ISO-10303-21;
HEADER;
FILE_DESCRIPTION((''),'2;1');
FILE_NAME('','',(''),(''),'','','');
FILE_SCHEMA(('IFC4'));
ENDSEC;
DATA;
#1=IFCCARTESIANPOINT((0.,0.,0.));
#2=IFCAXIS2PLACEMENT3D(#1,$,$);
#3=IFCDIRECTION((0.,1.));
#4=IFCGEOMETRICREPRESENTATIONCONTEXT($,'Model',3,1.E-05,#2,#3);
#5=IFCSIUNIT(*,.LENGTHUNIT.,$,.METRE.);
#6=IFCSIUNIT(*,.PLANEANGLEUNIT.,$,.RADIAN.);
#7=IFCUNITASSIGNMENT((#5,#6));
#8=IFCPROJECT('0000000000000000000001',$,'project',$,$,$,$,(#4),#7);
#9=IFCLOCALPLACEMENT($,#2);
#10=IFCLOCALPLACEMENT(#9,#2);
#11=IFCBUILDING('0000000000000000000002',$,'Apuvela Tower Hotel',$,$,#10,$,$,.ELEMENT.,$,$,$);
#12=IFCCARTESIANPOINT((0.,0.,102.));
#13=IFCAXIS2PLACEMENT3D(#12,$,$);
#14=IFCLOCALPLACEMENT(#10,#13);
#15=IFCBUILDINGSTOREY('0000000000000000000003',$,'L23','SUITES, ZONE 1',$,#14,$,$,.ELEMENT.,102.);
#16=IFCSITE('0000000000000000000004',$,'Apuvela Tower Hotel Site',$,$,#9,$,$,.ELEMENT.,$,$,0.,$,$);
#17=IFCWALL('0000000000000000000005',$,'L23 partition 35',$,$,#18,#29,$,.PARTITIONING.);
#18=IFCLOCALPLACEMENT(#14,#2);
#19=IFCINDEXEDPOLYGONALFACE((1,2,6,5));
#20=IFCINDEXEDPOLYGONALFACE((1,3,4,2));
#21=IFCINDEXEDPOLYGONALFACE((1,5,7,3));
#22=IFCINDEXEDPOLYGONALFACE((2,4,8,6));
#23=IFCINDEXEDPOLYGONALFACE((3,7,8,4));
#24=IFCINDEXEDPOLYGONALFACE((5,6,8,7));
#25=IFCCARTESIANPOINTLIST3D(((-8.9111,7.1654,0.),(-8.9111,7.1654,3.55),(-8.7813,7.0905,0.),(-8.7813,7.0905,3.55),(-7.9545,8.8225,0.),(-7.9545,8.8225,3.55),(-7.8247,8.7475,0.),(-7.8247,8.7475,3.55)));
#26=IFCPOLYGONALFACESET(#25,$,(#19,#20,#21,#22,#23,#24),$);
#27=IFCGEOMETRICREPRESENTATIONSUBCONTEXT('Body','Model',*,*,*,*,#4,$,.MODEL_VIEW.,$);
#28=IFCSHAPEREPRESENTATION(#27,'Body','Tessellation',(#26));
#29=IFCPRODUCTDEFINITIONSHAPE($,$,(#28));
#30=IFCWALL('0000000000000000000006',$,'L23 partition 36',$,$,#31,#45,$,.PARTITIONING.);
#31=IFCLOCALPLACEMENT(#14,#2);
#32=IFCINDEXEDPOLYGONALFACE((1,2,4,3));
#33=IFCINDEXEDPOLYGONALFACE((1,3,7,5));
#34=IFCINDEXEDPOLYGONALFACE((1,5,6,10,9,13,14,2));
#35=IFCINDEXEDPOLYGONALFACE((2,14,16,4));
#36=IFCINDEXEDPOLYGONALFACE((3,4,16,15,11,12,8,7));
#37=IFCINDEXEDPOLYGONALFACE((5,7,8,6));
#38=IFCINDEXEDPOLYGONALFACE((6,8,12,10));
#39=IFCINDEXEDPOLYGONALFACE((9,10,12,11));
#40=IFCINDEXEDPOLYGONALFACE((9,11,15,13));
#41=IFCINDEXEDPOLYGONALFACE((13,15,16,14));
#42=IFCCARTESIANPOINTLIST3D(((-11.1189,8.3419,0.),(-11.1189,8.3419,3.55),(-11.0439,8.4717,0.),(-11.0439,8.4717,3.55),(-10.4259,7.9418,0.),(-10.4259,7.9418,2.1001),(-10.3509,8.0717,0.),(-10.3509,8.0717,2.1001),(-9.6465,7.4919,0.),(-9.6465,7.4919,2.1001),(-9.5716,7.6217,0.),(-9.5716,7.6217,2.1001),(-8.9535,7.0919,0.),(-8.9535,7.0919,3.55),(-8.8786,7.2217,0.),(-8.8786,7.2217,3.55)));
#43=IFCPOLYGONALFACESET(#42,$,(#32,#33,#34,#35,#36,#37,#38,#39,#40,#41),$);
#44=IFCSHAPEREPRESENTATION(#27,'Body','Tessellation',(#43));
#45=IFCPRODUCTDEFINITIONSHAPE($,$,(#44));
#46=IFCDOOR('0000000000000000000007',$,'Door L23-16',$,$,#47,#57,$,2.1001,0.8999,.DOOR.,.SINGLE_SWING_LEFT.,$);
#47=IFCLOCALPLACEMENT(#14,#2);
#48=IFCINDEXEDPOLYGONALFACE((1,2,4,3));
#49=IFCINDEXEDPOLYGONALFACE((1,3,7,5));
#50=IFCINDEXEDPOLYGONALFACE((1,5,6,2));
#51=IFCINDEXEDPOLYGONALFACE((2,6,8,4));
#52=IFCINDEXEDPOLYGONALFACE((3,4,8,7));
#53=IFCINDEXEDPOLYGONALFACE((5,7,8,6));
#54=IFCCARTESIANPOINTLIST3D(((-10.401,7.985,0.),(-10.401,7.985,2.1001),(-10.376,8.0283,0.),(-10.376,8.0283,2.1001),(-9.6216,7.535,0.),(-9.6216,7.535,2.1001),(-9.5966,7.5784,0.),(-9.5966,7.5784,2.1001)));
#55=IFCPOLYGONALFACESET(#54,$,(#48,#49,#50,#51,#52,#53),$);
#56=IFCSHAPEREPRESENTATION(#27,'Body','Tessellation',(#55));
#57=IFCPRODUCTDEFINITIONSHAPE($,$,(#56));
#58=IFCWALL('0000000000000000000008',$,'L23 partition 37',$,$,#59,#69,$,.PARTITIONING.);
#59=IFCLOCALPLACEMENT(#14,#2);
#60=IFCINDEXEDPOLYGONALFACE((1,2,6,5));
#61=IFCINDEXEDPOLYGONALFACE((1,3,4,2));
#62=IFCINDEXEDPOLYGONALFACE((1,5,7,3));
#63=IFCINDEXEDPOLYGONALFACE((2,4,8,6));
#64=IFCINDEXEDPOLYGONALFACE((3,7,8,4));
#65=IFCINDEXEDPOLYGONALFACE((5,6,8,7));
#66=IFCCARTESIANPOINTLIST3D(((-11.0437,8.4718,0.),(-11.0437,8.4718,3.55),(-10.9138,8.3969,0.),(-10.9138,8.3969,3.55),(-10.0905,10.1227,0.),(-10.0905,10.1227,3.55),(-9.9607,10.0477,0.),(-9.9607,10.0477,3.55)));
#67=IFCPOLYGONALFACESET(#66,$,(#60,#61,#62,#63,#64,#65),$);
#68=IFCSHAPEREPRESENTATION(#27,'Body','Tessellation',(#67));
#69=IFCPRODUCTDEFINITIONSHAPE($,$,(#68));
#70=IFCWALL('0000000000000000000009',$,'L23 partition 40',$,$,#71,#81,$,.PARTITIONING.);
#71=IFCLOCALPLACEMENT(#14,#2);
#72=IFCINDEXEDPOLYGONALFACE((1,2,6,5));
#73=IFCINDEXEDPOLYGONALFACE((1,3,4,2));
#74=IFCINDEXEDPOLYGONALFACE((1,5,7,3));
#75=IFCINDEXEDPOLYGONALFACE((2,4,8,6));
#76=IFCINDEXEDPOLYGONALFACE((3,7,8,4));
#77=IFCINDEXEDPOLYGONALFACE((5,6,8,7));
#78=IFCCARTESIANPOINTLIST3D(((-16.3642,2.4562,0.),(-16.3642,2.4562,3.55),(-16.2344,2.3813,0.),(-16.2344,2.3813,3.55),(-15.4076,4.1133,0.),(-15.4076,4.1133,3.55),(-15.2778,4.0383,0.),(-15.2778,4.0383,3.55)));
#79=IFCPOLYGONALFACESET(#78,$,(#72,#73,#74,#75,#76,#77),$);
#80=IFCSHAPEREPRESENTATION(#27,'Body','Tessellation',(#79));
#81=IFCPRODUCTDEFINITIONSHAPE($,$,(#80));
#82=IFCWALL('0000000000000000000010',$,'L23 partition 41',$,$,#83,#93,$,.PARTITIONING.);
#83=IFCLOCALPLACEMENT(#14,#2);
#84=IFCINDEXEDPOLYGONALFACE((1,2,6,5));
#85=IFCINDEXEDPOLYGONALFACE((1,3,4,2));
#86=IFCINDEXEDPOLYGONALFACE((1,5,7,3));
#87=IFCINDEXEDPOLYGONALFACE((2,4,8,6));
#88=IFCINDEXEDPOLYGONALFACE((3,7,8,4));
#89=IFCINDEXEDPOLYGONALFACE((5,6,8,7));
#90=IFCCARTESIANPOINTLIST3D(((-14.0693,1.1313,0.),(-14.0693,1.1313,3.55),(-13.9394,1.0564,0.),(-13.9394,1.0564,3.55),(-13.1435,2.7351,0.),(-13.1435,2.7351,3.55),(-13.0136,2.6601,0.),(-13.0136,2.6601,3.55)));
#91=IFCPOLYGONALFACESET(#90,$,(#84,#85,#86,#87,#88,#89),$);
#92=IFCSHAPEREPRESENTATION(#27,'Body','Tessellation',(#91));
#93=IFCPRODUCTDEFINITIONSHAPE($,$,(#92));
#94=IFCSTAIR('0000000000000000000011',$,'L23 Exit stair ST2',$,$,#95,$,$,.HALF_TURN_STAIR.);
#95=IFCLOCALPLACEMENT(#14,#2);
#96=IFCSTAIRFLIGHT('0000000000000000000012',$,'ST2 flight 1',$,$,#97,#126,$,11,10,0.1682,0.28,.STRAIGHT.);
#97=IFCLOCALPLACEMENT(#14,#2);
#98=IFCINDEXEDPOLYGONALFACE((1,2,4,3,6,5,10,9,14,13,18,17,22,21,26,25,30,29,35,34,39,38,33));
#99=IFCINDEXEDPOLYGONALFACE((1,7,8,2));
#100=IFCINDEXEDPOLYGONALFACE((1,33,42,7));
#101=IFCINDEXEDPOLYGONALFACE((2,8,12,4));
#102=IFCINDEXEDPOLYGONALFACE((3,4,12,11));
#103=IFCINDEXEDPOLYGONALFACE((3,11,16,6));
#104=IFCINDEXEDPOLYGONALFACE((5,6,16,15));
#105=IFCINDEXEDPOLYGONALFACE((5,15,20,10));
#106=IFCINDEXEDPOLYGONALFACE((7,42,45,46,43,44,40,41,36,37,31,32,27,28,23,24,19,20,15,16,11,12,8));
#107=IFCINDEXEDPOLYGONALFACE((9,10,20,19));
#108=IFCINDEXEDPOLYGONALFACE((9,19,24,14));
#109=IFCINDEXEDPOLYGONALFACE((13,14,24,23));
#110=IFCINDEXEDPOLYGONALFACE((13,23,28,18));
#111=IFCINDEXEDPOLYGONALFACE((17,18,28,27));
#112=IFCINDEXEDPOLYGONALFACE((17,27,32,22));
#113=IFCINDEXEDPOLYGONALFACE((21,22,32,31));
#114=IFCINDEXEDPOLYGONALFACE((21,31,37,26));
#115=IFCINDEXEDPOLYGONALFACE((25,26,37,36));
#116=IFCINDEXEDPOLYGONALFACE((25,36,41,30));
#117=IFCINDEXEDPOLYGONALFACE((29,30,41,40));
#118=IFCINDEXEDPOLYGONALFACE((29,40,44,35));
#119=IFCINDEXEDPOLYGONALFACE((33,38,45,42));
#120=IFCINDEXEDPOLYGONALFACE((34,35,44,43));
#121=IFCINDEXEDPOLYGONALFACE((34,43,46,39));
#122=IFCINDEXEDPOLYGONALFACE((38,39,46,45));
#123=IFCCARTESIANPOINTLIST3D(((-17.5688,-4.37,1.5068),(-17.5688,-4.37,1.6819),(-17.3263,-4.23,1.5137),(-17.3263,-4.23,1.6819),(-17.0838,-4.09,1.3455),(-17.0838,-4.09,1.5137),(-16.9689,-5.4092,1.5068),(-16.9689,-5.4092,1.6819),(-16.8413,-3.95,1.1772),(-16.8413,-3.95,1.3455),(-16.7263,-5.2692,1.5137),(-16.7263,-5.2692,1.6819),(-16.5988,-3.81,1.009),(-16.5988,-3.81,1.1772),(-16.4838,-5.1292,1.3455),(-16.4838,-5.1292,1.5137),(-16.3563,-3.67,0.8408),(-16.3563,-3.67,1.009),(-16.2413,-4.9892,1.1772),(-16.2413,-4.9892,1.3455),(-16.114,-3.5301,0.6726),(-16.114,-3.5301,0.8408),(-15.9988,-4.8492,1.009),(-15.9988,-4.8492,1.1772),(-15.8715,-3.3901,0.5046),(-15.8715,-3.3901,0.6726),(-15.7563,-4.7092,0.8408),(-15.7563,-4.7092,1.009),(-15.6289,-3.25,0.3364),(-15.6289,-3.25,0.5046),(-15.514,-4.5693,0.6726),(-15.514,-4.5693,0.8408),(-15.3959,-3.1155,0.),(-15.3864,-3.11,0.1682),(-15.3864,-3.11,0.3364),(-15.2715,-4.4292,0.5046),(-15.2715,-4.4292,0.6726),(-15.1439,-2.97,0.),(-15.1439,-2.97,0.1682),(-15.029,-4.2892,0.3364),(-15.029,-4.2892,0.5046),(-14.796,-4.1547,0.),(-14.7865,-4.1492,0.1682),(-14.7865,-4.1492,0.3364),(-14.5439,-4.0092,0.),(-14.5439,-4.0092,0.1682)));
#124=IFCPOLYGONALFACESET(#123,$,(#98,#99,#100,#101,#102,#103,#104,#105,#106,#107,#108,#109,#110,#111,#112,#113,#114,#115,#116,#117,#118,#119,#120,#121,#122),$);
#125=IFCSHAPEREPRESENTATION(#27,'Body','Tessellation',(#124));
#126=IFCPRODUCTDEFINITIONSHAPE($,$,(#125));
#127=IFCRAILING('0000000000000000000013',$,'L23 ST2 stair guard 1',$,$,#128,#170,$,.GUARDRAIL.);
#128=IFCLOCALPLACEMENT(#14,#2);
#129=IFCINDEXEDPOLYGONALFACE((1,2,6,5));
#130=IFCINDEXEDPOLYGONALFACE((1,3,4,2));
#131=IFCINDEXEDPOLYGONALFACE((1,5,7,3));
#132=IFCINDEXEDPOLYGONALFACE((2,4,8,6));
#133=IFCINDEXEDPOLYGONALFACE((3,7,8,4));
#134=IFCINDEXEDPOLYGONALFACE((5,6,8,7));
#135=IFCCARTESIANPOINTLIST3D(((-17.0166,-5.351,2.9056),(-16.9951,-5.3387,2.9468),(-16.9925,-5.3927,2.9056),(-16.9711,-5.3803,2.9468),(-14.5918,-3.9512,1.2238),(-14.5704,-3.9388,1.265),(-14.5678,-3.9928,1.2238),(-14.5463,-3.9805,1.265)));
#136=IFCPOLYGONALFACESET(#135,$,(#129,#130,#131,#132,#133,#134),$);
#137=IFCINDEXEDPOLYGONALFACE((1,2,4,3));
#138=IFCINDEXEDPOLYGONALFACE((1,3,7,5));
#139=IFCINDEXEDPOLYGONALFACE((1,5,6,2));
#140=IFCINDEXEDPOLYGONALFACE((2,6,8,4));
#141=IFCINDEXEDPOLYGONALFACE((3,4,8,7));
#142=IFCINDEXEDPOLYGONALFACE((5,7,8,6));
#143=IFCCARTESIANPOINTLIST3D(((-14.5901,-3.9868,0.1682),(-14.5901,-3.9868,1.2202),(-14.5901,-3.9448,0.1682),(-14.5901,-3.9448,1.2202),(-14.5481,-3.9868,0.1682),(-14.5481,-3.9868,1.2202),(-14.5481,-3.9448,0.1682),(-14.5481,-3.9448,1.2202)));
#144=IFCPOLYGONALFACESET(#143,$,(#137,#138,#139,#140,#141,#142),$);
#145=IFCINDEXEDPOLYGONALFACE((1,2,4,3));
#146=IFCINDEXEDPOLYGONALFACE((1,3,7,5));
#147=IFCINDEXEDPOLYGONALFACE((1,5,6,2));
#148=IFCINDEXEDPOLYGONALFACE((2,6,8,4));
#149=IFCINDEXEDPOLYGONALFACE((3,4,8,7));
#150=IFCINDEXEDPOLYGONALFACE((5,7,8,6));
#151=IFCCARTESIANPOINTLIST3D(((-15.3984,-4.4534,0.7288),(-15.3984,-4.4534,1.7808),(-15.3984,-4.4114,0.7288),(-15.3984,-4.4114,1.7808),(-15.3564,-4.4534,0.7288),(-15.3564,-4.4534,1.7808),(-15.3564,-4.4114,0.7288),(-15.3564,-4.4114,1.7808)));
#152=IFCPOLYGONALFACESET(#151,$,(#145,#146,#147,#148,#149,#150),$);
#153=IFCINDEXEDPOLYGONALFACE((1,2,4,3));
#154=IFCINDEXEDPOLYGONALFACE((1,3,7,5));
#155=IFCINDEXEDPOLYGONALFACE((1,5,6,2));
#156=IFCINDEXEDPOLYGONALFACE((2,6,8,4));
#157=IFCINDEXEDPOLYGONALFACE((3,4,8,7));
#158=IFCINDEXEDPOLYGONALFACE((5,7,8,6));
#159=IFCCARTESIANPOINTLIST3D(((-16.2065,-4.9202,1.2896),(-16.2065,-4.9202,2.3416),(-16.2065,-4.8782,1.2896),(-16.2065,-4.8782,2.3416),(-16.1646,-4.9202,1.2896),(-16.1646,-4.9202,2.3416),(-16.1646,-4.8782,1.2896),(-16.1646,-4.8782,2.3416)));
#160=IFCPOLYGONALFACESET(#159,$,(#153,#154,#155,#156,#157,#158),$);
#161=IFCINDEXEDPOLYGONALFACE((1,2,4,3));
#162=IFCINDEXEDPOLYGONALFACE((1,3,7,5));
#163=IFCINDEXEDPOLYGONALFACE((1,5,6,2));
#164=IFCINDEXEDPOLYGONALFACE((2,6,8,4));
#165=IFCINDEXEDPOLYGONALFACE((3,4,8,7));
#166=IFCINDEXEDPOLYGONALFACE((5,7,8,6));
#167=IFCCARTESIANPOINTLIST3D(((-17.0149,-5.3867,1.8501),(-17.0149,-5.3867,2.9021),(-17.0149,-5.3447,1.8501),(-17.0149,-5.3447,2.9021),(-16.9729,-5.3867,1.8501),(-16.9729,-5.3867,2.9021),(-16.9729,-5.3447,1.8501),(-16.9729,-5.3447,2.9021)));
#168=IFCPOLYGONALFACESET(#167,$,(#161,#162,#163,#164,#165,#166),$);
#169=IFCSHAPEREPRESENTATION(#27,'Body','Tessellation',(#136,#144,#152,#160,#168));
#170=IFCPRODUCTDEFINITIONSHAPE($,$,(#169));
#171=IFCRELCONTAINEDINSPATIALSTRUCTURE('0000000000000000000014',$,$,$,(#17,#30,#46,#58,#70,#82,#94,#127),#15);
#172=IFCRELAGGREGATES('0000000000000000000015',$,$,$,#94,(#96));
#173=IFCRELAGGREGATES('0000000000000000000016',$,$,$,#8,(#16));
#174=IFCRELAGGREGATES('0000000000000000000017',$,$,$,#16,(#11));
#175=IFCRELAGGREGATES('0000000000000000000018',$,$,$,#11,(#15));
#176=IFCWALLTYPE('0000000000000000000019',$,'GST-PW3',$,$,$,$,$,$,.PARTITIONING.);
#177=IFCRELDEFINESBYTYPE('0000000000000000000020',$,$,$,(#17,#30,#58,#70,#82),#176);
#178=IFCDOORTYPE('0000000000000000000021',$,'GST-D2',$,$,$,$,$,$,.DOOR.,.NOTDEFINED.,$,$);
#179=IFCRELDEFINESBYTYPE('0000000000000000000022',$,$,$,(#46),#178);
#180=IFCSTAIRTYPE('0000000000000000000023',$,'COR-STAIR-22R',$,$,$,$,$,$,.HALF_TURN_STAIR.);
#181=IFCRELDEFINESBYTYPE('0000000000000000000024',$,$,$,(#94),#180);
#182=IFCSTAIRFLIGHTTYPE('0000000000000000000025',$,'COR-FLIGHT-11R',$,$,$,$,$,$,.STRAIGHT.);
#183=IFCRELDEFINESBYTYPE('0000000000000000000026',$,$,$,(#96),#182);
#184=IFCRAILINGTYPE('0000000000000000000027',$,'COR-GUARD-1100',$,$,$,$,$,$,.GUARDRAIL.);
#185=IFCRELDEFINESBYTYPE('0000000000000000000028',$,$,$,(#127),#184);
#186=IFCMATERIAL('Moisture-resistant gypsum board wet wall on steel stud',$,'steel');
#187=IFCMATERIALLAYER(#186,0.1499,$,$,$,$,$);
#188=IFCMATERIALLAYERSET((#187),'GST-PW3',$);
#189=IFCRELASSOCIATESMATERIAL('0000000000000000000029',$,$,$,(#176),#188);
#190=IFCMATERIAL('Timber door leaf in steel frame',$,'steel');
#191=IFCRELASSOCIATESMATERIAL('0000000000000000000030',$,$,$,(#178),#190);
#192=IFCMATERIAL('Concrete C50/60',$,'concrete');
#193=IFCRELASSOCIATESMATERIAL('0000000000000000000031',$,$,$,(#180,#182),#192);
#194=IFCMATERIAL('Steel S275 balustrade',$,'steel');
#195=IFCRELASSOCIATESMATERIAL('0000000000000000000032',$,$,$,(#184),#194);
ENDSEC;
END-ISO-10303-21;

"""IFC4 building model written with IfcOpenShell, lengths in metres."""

from ifc_helpers import new_model, si_unit, direction, frame, frame_2d, origin, origin_2d, place, context, subcontext, project, spatial, polyline, rectangle, outline, extrude, material, layer, layer_set, type_object, element, fill, aggregate, save


model = new_model("IFC4")

# Units and contexts
model_context = context("Model", 3, precision=1e-05, world=origin(), true_north=direction((0.0, 1.0)))
body_context = subcontext(model_context, "Body", "Model", "MODEL_VIEW")
ifc_project = project(units=[si_unit("LENGTHUNIT", "METRE"), si_unit("PLANEANGLEUNIT", "RADIAN")], contexts=[model_context])

# Site, building, storey
site_placement = place(None, origin())
site = spatial("IfcSite", under=ifc_project, at=site_placement, Name="Apuvela Tower Hotel Site", CompositionType="ELEMENT", RefElevation=0.0)
building_placement = place(site_placement, origin())
building = spatial("IfcBuilding", under=site, at=building_placement, Name="Apuvela Tower Hotel", CompositionType="ELEMENT")
storey_placement = place(building_placement, frame((0.0, 0.0, 102.0)))
storey = spatial("IfcBuildingStorey", under=building, at=storey_placement, Name="L23", Description="SUITES, ZONE 1", CompositionType="ELEMENT", Elevation=102.0)

# Shared definitions
ifc_material_1 = material(Name="Concrete C50/60", Category="concrete")

# Shared definitions
ifc_material_2 = material(Name="Timber door leaf in steel frame", Category="steel")
ifc_material_3 = material(Name="Moisture-resistant gypsum board wet wall on steel stud", Category="steel")
ifc_layer_1 = layer(ifc_material_3, 0.1499)
ifc_layer_set_1 = layer_set([ifc_layer_1], Name="GST-PW3")
wall_type_1 = type_object("IfcWallType", Name="GST-PW3", PredefinedType="PARTITIONING", material=ifc_layer_set_1)
door_type_1 = type_object("IfcDoorType", Name="GST-D2", OperationType="NOTDEFINED", PredefinedType="DOOR", material=ifc_material_2)

# Wall
wall_1_placement = place(storey_placement, frame((-7.8896, 8.7849, 0.0), z_axis=(0.0, 0.0, 1.0), x_axis=(-0.499954, -0.866052, 0.0)))
element("IfcWall", 1, at=wall_1_placement, inside=storey, type_object=wall_type_1, Name="L23 partition 35", PredefinedType="PARTITIONING", context=body_context, shape_type="SweptSolid", body=[
    extrude(rectangle(XDim=1.9133, YDim=0.1499, at=frame_2d((0.9565, 0.0))), origin(), (0.0, 0.0, 1.0), 3.55),
])

# Wall, opening, door
wall_2_placement = place(storey_placement, frame((-11.0813, 8.4067, 0.0), z_axis=(0.0, 0.0, 1.0), x_axis=(0.866047, -0.499962, 0.0)))
wall_2 = element("IfcWall", 2, at=wall_2_placement, inside=storey, type_object=wall_type_1, Name="L23 partition 36", PredefinedType="PARTITIONING", context=body_context, shape_type="SweptSolid", body=[
    extrude(rectangle(XDim=2.5002, YDim=0.1499, at=frame_2d((1.25, 0.0))), origin(), (0.0, 0.0, 1.0), 3.55),
])
opening_1_placement = place(wall_2_placement, frame((0.8, 0.0, 0.0)))
opening_1 = element("IfcOpeningElement", 3, at=opening_1_placement, cuts=wall_2, PredefinedType="OPENING", context=body_context, shape_type="SweptSolid", body=[
    extrude(rectangle(XDim=0.8999, YDim=2.1001, at=frame_2d((0.45, 1.05))), frame((0.0, 0.085, 0.0), z_axis=(0.0, -1.0, 0.0), x_axis=(1.0, 0.0, 0.0)), (0.0, 0.0, 1.0), 0.1699),
])
door_1_placement = place(opening_1_placement, origin())
door_1 = element("IfcDoor", 4, at=door_1_placement, inside=storey, type_object=door_type_1, Name="Door L23-16", OperationType="SINGLE_SWING_LEFT", OverallHeight=2.1001, OverallWidth=0.8999, PredefinedType="DOOR", context=body_context, shape_type="SweptSolid", body=[
    extrude(rectangle(XDim=0.8999, YDim=2.1001, at=frame_2d((0.45, 1.05))), frame((0.0, 0.0249, 0.0), z_axis=(0.0, -1.0, 0.0), x_axis=(1.0, 0.0, 0.0)), (0.0, 0.0, 1.0), 0.05),
])
fill(opening_1, door_1)

# Walls
wall_3_placement = place(storey_placement, frame((-10.0256, 10.0852, 0.0), z_axis=(0.0, 0.0, 1.0), x_axis=(-0.499996, -0.866028, 0.0)))
element("IfcWall", 5, at=wall_3_placement, inside=storey, type_object=wall_type_1, Name="L23 partition 37", PredefinedType="PARTITIONING", context=body_context, shape_type="SweptSolid", body=[
    extrude(rectangle(XDim=1.9062, YDim=0.1499, at=frame_2d((0.9531, 0.0))), origin(), (0.0, 0.0, 1.0), 3.55),
])
wall_4_placement = place(storey_placement, frame((-15.3428, 4.0757, 0.0), z_axis=(0.0, 0.0, 1.0), x_axis=(-0.499954, -0.866052, 0.0)))
element("IfcWall", 6, at=wall_4_placement, inside=storey, type_object=wall_type_1, Name="L23 partition 40", PredefinedType="PARTITIONING", context=body_context, shape_type="SweptSolid", body=[
    extrude(rectangle(XDim=1.9133, YDim=0.1499, at=frame_2d((0.9565, 0.0))), origin(), (0.0, 0.0, 1.0), 3.55),
])
wall_5_placement = place(storey_placement, frame((-13.0786, 2.6975, 0.0), z_axis=(0.0, 0.0, 1.0), x_axis=(-0.499939, -0.86606, 0.0)))
element("IfcWall", 7, at=wall_5_placement, inside=storey, type_object=wall_type_1, Name="L23 partition 41", PredefinedType="PARTITIONING", context=body_context, shape_type="SweptSolid", body=[
    extrude(rectangle(XDim=1.8518, YDim=0.1499, at=frame_2d((0.9258, 0.0))), origin(), (0.0, 0.0, 1.0), 3.55),
])

# Stair, stair flight
stair_type = type_object("IfcStairType", Name="COR-STAIR-22R", PredefinedType="HALF_TURN_STAIR", material=ifc_material_1)
stair_placement = place(storey_placement, origin())
stair = element("IfcStair", 8, at=stair_placement, inside=storey, type_object=stair_type, Name="L23 Exit stair ST2", PredefinedType="HALF_TURN_STAIR")
stair_flight_type = type_object("IfcStairFlightType", Name="COR-FLIGHT-11R", PredefinedType="STRAIGHT", material=ifc_material_1)
stair_flight_placement = place(storey_placement, frame((-14.844, -3.4895, 0.0), z_axis=(0.0, 0.0, 1.0), x_axis=(-0.866025, -0.5, 0.0)))
stair_flight = element("IfcStairFlight", 9, at=stair_flight_placement, type_object=stair_flight_type, Name="ST2 flight 1", NumberOfRisers=11, NumberOfTreads=10, PredefinedType="STRAIGHT", RiserHeight=0.1682, TreadLength=0.28, context=body_context, shape_type="SweptSolid", body=[
    extrude(outline(polyline([(0.0, 0.0), (0.0, 0.1682), (0.28, 0.1682), (0.28, 0.3364), (0.5601, 0.3364), (0.5601, 0.5046), (0.8401, 0.5046), (0.8401, 0.6726), (1.1201, 0.6726), (1.1201, 0.8408), (1.3999, 0.8408), (1.3999, 1.009), (1.6799, 1.009), (1.6799, 1.1772), (1.96, 1.1772), (1.96, 1.3455), (2.24, 1.3455), (2.24, 1.5137), (2.52, 1.5137), (2.52, 1.6819), (2.8, 1.6819), (2.8, 1.8501), (2.8, 1.5068), (0.291, 0.0), (0.0, 0.0)])), frame((0.0, 0.6001, 0.0), z_axis=(0.0, -1.0, 0.0), x_axis=(1.0, 0.0, 0.0)), (0.0, 0.0, 1.0), 1.2),
])
aggregate(stair, [stair_flight])

# Railing
ifc_material_4 = material(Name="Steel S275 balustrade", Category="steel")
railing_type_1 = type_object("IfcRailingType", Name="COR-GUARD-1100", PredefinedType="GUARDRAIL", material=ifc_material_4)
railing_1_placement = place(storey_placement, frame((-14.5691, -3.9658, 0.1682)))
element("IfcRailing", 10, at=railing_1_placement, inside=storey, type_object=railing_type_1, Name="L23 ST2 stair guard 1", PredefinedType="GUARDRAIL", context=body_context, shape_type="SweptSolid", body=[
    extrude(rectangle(XDim=0.0481, YDim=0.0481, at=origin_2d()), frame((0.0, 0.0, 1.0762), z_axis=(-0.74239, -0.428601, 0.514934), x_axis=(0.499984, -0.866035, 0.0)), (0.0, 0.0, 1.0), 3.2661),
    extrude(rectangle(XDim=0.042, YDim=0.042, at=origin_2d()), origin(), (0.0, 0.0, 1.0), 1.052),
    extrude(rectangle(XDim=0.042, YDim=0.042, at=origin_2d()), frame((-0.8083, -0.4666, 0.5605)), (0.0, 0.0, 1.0), 1.052),
    extrude(rectangle(XDim=0.042, YDim=0.042, at=origin_2d()), frame((-1.6165, -0.9333, 1.1213)), (0.0, 0.0, 1.0), 1.052),
    extrude(rectangle(XDim=0.042, YDim=0.042, at=origin_2d()), frame((-2.4248, -1.3999, 1.6819)), (0.0, 0.0, 1.0), 1.052),
])

save(model, "model.ifc")
